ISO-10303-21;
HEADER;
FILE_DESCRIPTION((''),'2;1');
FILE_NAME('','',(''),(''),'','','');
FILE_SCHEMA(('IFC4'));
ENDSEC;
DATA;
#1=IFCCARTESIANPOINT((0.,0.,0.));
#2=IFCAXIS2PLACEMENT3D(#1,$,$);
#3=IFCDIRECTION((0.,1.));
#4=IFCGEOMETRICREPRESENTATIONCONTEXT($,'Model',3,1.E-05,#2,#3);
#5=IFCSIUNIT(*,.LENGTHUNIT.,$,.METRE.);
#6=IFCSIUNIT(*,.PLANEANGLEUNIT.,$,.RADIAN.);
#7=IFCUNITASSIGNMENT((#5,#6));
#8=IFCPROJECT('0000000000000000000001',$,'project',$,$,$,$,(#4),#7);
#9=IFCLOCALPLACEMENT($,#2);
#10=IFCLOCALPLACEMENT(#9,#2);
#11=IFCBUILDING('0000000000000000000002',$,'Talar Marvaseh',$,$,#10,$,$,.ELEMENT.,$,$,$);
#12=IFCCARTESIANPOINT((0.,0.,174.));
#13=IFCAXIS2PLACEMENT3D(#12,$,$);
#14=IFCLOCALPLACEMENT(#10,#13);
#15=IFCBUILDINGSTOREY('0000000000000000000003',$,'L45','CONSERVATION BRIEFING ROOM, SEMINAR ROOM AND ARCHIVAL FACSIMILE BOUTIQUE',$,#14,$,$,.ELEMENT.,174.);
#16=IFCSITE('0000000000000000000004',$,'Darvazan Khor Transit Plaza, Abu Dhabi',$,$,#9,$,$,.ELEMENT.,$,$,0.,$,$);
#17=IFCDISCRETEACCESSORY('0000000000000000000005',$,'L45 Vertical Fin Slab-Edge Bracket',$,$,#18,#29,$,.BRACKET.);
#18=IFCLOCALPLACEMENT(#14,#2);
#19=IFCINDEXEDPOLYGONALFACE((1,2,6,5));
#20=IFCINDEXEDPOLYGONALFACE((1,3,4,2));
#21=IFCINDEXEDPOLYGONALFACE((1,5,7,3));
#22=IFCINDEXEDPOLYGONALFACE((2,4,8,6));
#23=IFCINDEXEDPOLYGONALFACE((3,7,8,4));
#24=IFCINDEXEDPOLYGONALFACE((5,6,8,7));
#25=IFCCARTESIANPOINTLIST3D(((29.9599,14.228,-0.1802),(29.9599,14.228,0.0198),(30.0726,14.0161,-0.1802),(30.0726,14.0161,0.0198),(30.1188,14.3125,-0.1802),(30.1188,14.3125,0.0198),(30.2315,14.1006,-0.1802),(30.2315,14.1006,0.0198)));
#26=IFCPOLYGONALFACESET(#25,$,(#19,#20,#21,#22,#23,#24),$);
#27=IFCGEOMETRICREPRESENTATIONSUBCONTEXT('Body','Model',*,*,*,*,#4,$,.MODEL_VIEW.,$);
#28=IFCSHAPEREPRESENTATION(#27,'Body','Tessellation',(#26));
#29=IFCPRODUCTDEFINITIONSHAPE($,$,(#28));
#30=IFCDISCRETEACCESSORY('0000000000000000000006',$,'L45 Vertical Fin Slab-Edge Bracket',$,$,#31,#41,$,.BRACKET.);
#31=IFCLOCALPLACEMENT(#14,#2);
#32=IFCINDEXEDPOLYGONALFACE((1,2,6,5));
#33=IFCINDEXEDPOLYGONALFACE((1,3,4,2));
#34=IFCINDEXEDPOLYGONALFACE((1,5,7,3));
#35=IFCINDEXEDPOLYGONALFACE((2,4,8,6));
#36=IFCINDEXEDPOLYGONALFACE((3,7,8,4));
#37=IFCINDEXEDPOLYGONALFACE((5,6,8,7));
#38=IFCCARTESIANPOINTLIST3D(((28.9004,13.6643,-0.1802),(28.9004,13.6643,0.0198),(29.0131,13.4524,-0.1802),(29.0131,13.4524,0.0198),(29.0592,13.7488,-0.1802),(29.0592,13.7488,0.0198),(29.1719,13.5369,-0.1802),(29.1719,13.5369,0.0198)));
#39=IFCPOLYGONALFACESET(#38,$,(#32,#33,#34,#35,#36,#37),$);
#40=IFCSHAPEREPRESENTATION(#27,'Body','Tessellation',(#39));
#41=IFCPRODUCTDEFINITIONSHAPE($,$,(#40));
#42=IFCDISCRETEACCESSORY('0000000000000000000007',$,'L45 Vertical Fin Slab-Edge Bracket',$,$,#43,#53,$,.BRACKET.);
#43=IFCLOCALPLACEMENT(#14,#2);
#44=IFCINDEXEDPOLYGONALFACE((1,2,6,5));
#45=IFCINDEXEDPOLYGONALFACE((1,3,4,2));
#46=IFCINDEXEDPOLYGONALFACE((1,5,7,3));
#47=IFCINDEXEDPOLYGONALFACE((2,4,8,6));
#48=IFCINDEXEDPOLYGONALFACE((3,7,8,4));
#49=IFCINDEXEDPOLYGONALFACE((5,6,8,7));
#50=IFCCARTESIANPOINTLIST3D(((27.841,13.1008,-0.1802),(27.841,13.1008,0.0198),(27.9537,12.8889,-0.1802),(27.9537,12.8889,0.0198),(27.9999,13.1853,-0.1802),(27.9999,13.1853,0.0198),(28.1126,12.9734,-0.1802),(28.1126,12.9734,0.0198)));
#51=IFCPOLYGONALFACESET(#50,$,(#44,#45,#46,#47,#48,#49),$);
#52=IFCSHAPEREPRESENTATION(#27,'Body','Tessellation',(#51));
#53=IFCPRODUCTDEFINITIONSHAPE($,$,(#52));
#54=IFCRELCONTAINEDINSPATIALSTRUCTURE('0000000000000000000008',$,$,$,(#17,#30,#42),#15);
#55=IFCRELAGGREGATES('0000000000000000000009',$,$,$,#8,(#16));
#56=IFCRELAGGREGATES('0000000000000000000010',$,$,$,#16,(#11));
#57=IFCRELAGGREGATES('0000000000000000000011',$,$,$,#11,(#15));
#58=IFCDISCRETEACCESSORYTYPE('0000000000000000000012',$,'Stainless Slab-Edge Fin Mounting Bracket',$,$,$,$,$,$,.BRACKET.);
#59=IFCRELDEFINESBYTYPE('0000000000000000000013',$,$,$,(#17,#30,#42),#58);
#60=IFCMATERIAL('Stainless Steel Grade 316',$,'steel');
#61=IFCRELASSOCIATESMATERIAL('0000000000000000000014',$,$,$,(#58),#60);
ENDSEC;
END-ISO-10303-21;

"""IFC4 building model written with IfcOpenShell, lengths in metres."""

from ifc_helpers import new_model, si_unit, direction, frame, origin, origin_2d, place, context, subcontext, project, spatial, rectangle, extrude, source, transform, mapped, material, type_object, type_shapes, element, save


model = new_model("IFC4")

# Units and contexts
model_context = context("Model", 3, precision=1e-05, world=origin(), true_north=direction((0.0, 1.0)))
body_context = subcontext(model_context, "Body", "Model", "MODEL_VIEW")
ifc_project = project(units=[si_unit("LENGTHUNIT", "METRE"), si_unit("PLANEANGLEUNIT", "RADIAN")], contexts=[model_context])

# Site, building, storey
site_placement = place(None, origin())
site = spatial("IfcSite", under=ifc_project, at=site_placement, Name="Darvazan Khor Transit Plaza, Abu Dhabi", CompositionType="ELEMENT", RefElevation=0.0)
building_placement = place(site_placement, origin())
building = spatial("IfcBuilding", under=site, at=building_placement, Name="Talar Marvaseh", CompositionType="ELEMENT")
storey_placement = place(building_placement, frame((0.0, 0.0, 174.0)))
storey = spatial("IfcBuildingStorey", under=building, at=storey_placement, Name="L45", Description="CONSERVATION BRIEFING ROOM, SEMINAR ROOM AND ARCHIVAL FACSIMILE BOUTIQUE", CompositionType="ELEMENT", Elevation=174.0)

# Discrete accessories
ifc_material_1 = material(Name="Stainless Steel Grade 316", Category="steel")
discrete_accessory_type = type_object("IfcDiscreteAccessoryType", Name="Stainless Slab-Edge Fin Mounting Bracket", PredefinedType="BRACKET", material=ifc_material_1)
shared_shape_1 = source(origin(), body_context, "Body", "SweptSolid", [
    extrude(rectangle(XDim=0.24, YDim=0.1799, at=origin_2d()), origin(), (0.0, 0.0, 1.0), 0.2),
])
type_shapes(discrete_accessory_type, [shared_shape_1])
for number, where, z_axis, x_axis, name in (
    (1, (30.0957, 14.1643, -0.1802), (0.0, 0.0, 1.0), (0.469626, -0.882866, 0.0), "L45 Vertical Fin Slab-Edge Bracket"),
    (2, (29.0361, 13.6006, -0.1802), (0.0, 0.0, 1.0), (0.469626, -0.882866, 0.0), "L45 Vertical Fin Slab-Edge Bracket"),
    (3, (27.9768, 13.0371, -0.1802), (0.0, 0.0, 1.0), (0.469626, -0.882866, 0.0), "L45 Vertical Fin Slab-Edge Bracket"),
):
    element("IfcDiscreteAccessory", number, at=place(storey_placement, frame(where, z_axis=z_axis, x_axis=x_axis)), inside=storey, type_object=discrete_accessory_type, Name=name, PredefinedType="BRACKET", context=body_context, shape_type="MappedRepresentation", body=[
        mapped(shared_shape_1, transform((0.0, 0.0, 0.0), x_axis=(1.0, 0.0, 0.0), y_axis=(0.0, 1.0, 0.0), z_axis=(0.0, 0.0, 1.0), scale=1.0)),
    ])

save(model, "model.ifc")
